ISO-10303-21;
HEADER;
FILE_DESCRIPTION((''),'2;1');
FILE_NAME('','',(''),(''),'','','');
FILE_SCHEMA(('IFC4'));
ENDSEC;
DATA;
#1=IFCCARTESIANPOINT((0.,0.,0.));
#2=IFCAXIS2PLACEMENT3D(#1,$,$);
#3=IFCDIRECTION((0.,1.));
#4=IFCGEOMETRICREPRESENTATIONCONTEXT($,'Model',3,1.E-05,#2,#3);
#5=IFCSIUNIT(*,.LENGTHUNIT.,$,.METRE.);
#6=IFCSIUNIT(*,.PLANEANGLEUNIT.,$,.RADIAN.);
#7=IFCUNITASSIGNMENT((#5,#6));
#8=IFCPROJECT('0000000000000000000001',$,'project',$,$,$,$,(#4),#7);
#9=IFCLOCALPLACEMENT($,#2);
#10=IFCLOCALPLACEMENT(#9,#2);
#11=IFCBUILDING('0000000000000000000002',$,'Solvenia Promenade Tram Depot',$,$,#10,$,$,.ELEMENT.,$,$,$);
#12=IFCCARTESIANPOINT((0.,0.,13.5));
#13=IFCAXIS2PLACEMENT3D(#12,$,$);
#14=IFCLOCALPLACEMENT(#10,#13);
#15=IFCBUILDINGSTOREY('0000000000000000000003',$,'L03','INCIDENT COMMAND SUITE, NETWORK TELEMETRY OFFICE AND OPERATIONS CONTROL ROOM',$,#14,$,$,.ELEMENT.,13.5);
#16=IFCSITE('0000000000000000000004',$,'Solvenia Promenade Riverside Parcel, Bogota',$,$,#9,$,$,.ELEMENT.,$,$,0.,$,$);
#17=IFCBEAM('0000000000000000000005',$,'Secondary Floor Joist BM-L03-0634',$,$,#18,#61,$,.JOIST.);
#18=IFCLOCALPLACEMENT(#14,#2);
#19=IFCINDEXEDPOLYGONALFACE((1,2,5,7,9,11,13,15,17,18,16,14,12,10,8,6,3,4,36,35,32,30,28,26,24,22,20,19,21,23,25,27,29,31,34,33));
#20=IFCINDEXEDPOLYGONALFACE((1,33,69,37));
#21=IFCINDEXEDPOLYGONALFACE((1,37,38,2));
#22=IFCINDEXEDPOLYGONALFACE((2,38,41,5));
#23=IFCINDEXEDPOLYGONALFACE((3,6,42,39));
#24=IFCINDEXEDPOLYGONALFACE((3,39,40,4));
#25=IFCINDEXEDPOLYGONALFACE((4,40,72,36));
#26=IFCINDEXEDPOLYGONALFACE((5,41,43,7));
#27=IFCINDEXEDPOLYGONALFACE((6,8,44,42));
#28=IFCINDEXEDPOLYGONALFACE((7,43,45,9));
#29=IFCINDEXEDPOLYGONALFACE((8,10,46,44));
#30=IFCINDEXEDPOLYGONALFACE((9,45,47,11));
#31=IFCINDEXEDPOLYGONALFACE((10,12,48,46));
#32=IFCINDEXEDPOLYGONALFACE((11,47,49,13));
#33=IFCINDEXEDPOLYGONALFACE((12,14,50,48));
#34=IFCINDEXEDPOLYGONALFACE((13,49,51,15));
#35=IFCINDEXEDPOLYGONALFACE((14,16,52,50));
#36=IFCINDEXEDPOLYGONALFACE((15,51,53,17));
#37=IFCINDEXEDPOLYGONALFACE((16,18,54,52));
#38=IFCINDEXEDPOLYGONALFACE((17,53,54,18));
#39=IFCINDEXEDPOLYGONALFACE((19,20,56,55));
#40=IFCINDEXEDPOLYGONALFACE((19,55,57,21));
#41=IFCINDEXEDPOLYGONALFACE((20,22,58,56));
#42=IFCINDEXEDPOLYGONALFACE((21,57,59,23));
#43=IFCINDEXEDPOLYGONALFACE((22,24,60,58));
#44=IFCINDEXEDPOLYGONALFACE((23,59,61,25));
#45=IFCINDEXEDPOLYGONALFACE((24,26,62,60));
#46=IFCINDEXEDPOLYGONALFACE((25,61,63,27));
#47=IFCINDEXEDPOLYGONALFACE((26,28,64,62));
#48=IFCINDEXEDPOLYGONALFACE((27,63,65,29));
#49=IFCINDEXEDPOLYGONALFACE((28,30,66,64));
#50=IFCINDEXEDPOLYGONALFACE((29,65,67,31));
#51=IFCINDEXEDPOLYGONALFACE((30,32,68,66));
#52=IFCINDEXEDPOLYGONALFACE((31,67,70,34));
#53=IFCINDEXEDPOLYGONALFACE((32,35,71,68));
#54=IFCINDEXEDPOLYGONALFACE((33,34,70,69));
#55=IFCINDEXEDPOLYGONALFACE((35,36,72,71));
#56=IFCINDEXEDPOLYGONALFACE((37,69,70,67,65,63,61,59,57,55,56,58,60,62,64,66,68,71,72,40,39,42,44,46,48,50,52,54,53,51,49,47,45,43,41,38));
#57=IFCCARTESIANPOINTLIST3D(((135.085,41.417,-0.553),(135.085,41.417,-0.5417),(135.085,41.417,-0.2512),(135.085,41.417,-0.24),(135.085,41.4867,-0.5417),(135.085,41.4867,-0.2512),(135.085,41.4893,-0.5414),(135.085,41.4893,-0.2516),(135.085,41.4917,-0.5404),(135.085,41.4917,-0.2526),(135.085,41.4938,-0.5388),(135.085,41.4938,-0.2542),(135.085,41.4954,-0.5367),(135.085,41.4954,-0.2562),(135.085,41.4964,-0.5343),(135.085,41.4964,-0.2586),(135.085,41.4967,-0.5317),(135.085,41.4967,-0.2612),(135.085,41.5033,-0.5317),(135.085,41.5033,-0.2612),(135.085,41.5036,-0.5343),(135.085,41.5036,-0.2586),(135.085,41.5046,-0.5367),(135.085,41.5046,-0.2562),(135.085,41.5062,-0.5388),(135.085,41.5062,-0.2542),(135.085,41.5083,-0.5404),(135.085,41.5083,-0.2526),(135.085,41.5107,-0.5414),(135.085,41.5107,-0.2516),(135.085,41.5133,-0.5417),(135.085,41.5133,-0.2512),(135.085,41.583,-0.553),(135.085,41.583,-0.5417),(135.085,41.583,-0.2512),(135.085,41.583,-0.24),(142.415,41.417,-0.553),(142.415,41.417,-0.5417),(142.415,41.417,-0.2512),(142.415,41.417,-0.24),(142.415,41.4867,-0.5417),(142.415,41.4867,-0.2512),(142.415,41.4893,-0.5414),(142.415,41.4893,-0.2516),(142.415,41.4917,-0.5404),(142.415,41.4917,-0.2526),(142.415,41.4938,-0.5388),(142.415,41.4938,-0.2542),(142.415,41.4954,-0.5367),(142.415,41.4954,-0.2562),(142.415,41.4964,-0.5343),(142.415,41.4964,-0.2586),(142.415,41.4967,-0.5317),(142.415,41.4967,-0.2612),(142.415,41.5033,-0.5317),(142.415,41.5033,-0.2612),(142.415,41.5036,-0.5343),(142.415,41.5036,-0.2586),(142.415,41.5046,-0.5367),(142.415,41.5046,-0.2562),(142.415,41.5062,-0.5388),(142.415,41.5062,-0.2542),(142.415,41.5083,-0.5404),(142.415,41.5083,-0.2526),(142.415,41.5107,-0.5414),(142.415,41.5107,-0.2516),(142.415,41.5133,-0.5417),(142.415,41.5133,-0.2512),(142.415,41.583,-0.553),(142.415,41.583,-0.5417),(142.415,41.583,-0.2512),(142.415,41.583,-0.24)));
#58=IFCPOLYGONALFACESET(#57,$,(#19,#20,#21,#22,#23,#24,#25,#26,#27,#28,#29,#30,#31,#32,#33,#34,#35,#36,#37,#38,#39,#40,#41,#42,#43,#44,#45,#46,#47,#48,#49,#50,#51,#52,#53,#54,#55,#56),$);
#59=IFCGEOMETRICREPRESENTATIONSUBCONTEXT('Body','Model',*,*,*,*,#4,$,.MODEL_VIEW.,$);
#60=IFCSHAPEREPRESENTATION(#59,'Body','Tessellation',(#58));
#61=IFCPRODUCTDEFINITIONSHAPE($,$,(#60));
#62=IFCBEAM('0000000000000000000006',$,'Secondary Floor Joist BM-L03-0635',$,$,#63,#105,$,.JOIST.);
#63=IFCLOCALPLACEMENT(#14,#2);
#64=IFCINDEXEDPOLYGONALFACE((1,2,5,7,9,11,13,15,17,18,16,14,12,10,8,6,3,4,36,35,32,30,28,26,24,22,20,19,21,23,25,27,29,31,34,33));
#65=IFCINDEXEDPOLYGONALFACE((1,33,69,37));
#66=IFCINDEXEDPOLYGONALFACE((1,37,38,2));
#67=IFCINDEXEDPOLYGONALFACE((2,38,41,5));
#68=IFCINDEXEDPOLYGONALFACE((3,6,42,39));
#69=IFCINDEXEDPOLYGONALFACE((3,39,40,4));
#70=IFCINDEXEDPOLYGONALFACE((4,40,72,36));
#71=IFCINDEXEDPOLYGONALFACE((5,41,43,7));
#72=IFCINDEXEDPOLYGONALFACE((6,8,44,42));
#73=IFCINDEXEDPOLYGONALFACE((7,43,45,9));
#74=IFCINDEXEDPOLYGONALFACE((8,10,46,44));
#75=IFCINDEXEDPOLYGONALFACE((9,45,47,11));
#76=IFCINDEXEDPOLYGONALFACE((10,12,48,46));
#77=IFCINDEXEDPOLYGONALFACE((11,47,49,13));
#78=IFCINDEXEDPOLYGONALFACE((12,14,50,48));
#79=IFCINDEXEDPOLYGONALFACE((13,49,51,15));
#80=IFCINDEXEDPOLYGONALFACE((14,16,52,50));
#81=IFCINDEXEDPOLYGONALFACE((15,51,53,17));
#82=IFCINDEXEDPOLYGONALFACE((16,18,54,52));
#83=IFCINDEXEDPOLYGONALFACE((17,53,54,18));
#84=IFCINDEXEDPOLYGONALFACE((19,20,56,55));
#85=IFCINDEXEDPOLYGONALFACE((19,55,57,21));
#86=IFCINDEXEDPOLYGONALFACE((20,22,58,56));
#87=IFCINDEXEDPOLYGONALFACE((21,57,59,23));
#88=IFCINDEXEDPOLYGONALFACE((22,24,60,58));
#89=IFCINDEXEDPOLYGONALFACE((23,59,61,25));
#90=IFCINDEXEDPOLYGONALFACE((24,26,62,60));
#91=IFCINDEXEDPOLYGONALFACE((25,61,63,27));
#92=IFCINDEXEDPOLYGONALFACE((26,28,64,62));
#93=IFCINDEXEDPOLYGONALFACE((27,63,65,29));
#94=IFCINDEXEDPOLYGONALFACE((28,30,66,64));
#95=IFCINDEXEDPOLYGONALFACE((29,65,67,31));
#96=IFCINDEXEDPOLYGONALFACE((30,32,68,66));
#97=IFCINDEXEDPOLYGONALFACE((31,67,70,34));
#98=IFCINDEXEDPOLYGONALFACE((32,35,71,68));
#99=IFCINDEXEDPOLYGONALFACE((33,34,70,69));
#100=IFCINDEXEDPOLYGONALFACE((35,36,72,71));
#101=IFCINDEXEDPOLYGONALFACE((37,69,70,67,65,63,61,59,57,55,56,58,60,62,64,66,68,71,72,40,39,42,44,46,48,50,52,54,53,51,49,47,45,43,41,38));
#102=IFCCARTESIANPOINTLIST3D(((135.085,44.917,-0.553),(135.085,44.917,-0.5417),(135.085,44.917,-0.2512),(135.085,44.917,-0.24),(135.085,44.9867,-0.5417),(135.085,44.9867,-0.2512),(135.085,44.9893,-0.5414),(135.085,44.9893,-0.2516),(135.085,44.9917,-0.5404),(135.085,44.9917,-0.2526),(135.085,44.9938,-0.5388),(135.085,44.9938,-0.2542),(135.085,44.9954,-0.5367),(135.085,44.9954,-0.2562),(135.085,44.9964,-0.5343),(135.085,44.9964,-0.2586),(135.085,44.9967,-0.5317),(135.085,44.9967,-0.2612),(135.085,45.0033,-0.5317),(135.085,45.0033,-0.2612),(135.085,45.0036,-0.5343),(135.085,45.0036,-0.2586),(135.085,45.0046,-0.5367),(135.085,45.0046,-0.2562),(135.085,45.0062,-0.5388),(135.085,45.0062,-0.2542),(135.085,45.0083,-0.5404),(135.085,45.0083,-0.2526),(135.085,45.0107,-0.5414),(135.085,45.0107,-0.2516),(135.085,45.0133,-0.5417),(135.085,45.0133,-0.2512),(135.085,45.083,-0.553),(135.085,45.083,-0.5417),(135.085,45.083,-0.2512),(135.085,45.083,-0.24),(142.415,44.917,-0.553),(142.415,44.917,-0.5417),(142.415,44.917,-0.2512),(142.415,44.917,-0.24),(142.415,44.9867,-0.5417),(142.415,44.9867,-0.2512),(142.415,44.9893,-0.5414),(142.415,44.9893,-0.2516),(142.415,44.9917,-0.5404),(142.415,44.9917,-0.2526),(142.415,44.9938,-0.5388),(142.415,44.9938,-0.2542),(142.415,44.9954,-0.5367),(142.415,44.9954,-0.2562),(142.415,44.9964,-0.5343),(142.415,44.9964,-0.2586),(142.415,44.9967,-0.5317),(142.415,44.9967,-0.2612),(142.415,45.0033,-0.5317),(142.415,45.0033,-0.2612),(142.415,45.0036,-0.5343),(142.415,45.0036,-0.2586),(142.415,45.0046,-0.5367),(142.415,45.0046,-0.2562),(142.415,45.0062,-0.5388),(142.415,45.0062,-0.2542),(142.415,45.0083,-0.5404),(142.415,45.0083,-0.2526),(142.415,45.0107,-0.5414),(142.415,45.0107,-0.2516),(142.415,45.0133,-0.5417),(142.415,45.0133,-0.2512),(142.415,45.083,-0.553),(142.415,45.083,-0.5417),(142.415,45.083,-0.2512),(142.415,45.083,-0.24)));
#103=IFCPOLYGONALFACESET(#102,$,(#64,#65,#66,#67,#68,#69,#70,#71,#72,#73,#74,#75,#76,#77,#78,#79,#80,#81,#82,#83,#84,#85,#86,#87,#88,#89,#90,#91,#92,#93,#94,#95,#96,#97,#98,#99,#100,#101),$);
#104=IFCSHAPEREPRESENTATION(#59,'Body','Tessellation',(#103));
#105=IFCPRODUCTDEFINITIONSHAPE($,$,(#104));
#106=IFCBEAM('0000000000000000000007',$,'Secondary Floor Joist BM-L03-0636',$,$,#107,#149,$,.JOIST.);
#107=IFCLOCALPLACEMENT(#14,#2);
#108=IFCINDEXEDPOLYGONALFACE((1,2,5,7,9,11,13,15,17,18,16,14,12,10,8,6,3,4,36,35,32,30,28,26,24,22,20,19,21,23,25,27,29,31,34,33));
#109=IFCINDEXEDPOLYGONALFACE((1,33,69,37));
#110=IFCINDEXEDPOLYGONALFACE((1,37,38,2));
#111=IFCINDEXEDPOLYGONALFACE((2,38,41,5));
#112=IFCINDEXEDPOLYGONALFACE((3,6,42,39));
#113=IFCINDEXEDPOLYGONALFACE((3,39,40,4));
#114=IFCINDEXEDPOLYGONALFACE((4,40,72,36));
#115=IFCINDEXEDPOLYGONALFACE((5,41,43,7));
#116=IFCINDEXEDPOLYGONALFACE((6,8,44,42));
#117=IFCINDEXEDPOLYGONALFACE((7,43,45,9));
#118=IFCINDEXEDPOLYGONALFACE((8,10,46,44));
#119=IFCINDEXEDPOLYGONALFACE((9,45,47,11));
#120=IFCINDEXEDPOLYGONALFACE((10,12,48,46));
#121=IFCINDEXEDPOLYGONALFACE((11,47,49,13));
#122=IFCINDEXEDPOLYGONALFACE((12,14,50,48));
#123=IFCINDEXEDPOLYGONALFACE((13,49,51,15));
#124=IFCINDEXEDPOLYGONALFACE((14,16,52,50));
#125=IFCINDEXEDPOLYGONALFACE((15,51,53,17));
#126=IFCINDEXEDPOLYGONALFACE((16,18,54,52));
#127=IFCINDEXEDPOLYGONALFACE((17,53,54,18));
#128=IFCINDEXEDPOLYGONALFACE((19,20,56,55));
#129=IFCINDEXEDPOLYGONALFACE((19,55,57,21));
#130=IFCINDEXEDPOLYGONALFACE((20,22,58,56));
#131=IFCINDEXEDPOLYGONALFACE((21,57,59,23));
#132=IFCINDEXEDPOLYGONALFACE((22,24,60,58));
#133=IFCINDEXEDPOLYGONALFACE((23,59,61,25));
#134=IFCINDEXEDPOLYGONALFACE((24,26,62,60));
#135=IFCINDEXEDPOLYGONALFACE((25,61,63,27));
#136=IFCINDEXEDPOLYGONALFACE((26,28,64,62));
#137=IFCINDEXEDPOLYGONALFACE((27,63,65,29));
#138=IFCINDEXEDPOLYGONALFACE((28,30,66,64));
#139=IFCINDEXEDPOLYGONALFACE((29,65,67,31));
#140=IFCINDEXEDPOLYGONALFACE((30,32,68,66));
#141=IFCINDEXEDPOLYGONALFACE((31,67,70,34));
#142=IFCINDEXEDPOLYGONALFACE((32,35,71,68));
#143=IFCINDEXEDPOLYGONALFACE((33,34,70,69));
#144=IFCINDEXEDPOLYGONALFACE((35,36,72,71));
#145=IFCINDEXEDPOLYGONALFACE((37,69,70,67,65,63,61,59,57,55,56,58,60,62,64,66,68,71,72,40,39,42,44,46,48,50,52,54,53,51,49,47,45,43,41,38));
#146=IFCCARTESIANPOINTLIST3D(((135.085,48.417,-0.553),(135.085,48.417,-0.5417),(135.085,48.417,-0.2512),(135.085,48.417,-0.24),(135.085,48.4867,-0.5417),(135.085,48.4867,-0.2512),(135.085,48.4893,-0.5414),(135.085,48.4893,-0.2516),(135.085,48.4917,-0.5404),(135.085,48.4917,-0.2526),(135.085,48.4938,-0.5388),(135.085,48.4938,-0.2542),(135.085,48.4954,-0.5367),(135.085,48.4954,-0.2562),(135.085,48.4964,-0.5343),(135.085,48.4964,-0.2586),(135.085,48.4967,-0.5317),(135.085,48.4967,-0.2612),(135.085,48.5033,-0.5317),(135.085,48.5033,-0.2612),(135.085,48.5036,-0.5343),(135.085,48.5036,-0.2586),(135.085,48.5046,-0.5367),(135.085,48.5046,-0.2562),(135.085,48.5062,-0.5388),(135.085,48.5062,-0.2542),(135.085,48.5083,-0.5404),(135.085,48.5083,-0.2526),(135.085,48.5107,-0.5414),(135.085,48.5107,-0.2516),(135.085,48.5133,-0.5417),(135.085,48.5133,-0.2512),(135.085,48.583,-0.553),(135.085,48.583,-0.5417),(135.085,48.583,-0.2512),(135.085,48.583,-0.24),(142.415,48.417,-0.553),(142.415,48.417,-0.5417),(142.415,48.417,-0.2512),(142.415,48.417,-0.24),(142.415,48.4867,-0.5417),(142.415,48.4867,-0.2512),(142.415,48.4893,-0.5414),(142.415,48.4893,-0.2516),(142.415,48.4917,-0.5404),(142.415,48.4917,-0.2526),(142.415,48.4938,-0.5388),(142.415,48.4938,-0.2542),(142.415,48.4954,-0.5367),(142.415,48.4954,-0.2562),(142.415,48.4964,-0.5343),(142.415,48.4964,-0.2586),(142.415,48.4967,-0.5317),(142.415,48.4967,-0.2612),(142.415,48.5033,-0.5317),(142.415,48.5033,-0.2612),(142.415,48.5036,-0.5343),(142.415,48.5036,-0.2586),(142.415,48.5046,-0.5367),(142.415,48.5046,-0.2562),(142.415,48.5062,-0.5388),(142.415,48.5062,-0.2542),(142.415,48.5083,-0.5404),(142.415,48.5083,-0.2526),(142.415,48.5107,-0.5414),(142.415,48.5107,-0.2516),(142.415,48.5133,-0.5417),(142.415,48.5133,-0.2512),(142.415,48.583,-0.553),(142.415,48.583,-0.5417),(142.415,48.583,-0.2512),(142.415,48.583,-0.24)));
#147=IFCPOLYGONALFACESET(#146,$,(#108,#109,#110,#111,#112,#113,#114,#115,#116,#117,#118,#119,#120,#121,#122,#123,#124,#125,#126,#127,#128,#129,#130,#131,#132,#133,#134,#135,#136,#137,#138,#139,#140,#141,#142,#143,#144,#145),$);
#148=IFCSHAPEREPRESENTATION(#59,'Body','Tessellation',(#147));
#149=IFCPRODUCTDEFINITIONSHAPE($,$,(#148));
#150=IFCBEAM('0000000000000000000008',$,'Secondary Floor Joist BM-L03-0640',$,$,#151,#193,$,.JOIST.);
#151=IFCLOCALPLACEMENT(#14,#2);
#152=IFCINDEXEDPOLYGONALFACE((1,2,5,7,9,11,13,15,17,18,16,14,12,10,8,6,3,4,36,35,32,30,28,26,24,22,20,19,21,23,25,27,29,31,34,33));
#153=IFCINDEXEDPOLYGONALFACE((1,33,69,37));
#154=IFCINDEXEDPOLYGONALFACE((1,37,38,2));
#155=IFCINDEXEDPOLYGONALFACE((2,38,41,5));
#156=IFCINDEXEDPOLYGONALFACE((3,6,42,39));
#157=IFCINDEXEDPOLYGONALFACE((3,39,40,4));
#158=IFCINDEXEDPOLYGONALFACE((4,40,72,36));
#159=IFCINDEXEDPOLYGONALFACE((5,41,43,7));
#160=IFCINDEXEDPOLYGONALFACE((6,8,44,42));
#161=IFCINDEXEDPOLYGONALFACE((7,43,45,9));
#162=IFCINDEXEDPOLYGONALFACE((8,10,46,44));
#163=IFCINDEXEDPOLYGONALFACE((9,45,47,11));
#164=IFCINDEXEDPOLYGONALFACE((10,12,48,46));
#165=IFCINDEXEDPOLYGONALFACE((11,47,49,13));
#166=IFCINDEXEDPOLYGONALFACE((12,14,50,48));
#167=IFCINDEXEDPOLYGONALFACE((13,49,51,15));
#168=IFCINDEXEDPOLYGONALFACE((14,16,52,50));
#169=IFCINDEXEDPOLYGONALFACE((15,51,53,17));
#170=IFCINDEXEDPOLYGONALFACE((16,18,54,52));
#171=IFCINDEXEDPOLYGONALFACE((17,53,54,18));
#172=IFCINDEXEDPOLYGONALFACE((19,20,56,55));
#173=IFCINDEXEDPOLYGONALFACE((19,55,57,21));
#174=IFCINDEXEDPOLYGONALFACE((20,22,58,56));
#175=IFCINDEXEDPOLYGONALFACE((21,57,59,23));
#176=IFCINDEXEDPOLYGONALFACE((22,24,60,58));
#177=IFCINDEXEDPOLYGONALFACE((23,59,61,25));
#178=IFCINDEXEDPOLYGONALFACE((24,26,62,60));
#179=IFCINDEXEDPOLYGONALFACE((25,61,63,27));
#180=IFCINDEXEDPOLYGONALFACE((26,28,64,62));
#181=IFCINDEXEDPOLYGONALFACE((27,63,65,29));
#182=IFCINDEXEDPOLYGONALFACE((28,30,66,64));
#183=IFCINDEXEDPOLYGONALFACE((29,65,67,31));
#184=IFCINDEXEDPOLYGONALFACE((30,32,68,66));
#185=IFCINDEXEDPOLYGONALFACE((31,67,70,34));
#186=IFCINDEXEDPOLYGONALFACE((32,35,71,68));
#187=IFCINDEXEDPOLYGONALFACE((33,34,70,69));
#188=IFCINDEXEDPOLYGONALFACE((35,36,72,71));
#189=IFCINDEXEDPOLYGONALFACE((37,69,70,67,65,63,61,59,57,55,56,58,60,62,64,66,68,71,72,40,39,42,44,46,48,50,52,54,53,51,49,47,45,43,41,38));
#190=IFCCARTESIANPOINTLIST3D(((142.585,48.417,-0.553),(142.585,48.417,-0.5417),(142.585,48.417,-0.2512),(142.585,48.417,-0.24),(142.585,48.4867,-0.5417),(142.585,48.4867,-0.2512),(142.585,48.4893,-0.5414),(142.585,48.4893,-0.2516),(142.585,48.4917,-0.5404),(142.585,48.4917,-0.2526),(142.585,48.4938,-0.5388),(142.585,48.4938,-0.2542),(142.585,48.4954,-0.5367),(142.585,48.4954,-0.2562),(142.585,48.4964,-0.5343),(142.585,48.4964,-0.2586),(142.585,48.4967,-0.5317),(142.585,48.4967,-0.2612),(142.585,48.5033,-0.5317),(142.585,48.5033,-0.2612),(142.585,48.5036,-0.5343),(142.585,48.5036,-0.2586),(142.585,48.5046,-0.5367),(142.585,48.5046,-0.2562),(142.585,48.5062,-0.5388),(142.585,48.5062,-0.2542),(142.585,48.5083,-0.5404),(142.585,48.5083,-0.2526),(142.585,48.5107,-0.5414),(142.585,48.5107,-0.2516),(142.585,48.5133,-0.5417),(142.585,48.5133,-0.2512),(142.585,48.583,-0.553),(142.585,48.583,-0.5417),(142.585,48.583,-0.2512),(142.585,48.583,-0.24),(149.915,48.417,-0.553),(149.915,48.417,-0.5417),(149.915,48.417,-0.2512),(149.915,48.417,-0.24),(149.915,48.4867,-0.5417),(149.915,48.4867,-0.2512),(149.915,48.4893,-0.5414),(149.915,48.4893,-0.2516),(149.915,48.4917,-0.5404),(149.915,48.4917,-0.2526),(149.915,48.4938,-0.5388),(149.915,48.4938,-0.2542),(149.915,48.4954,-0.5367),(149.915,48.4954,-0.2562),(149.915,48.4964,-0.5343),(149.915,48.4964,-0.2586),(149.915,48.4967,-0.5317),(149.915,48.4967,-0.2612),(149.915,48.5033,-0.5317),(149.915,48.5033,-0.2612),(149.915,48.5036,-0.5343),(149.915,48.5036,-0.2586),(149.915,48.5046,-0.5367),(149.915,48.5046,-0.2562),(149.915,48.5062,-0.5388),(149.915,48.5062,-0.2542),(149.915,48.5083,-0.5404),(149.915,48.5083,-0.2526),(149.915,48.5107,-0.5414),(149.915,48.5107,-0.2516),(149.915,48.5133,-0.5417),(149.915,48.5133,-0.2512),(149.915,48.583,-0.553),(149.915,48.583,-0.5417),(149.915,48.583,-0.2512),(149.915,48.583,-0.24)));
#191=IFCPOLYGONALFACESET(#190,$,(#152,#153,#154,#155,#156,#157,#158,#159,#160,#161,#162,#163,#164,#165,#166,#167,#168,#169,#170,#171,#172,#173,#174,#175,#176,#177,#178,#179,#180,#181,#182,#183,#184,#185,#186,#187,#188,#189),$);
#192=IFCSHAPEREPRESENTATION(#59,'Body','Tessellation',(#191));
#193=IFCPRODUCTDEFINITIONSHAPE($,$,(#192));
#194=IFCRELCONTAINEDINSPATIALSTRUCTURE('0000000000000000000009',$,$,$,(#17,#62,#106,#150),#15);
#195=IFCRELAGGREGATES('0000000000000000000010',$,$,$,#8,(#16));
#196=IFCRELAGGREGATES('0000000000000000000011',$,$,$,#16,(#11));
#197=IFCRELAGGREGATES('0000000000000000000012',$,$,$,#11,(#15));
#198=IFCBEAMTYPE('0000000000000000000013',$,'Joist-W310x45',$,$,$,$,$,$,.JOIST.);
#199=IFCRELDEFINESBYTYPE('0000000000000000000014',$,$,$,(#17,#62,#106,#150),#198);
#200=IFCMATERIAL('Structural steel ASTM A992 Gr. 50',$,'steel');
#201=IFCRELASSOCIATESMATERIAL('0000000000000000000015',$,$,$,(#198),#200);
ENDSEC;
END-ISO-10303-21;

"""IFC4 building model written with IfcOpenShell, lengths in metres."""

from ifc_helpers import new_model, si_unit, direction, frame, origin, origin_2d, place, context, subcontext, project, spatial, i_section, extrude, material, material_profile, profile_set, type_object, element, save


model = new_model("IFC4")

# Units and contexts
model_context = context("Model", 3, precision=1e-05, world=origin(), true_north=direction((0.0, 1.0)))
body_context = subcontext(model_context, "Body", "Model", "MODEL_VIEW")
ifc_project = project(units=[si_unit("LENGTHUNIT", "METRE"), si_unit("PLANEANGLEUNIT", "RADIAN")], contexts=[model_context])

# Site, building, storey
site_placement = place(None, origin())
site = spatial("IfcSite", under=ifc_project, at=site_placement, Name="Solvenia Promenade Riverside Parcel, Bogota", CompositionType="ELEMENT", RefElevation=0.0)
building_placement = place(site_placement, origin())
building = spatial("IfcBuilding", under=site, at=building_placement, Name="Solvenia Promenade Tram Depot", CompositionType="ELEMENT")
storey_placement = place(building_placement, frame((0.0, 0.0, 13.5)))
storey = spatial("IfcBuildingStorey", under=building, at=storey_placement, Name="L03", Description="INCIDENT COMMAND SUITE, NETWORK TELEMETRY OFFICE AND OPERATIONS CONTROL ROOM", CompositionType="ELEMENT", Elevation=13.5)

# Shared definitions
ifc_material_1 = material(Name="Structural steel ASTM A992 Gr. 50", Category="steel")

# Beams
ifc_material_profile_1 = material_profile(ifc_material_1, i_section(OverallWidth=0.166, OverallDepth=0.313, WebThickness=0.0066, FlangeThickness=0.0112, FilletRadius=0.01, at=origin_2d()), Name="W310x45", Category="steel")
ifc_profile_set_1 = profile_set([ifc_material_profile_1], Name="Structural steel ASTM A992 Gr. 50")
beam_type_1 = type_object("IfcBeamType", Name="Joist-W310x45", PredefinedType="JOIST", material=ifc_profile_set_1)
for number, where, z_axis, x_axis, name in (
    (1, (135.085, 41.5, -0.3965), (1.0, 0.0, 0.0), (0.0, 1.0, 0.0), "Secondary Floor Joist BM-L03-0634"),
    (2, (135.085, 45.0, -0.3965), (1.0, 0.0, 0.0), (0.0, 1.0, 0.0), "Secondary Floor Joist BM-L03-0635"),
    (3, (135.085, 48.5, -0.3965), (1.0, 0.0, 0.0), (0.0, 1.0, 0.0), "Secondary Floor Joist BM-L03-0636"),
    (4, (142.585, 48.5, -0.3965), (1.0, 0.0, 0.0), (0.0, 1.0, 0.0), "Secondary Floor Joist BM-L03-0640"),
):
    element("IfcBeam", number, at=place(storey_placement, frame(where, z_axis=z_axis, x_axis=x_axis)), inside=storey, type_object=beam_type_1, Name=name, PredefinedType="JOIST", context=body_context, shape_type="SweptSolid", body=[
        extrude(i_section(OverallWidth=0.166, OverallDepth=0.313, WebThickness=0.0066, FlangeThickness=0.0112, FilletRadius=0.01, at=origin_2d()), origin(), (0.0, 0.0, 1.0), 7.3301),
    ])

save(model, "model.ifc")
